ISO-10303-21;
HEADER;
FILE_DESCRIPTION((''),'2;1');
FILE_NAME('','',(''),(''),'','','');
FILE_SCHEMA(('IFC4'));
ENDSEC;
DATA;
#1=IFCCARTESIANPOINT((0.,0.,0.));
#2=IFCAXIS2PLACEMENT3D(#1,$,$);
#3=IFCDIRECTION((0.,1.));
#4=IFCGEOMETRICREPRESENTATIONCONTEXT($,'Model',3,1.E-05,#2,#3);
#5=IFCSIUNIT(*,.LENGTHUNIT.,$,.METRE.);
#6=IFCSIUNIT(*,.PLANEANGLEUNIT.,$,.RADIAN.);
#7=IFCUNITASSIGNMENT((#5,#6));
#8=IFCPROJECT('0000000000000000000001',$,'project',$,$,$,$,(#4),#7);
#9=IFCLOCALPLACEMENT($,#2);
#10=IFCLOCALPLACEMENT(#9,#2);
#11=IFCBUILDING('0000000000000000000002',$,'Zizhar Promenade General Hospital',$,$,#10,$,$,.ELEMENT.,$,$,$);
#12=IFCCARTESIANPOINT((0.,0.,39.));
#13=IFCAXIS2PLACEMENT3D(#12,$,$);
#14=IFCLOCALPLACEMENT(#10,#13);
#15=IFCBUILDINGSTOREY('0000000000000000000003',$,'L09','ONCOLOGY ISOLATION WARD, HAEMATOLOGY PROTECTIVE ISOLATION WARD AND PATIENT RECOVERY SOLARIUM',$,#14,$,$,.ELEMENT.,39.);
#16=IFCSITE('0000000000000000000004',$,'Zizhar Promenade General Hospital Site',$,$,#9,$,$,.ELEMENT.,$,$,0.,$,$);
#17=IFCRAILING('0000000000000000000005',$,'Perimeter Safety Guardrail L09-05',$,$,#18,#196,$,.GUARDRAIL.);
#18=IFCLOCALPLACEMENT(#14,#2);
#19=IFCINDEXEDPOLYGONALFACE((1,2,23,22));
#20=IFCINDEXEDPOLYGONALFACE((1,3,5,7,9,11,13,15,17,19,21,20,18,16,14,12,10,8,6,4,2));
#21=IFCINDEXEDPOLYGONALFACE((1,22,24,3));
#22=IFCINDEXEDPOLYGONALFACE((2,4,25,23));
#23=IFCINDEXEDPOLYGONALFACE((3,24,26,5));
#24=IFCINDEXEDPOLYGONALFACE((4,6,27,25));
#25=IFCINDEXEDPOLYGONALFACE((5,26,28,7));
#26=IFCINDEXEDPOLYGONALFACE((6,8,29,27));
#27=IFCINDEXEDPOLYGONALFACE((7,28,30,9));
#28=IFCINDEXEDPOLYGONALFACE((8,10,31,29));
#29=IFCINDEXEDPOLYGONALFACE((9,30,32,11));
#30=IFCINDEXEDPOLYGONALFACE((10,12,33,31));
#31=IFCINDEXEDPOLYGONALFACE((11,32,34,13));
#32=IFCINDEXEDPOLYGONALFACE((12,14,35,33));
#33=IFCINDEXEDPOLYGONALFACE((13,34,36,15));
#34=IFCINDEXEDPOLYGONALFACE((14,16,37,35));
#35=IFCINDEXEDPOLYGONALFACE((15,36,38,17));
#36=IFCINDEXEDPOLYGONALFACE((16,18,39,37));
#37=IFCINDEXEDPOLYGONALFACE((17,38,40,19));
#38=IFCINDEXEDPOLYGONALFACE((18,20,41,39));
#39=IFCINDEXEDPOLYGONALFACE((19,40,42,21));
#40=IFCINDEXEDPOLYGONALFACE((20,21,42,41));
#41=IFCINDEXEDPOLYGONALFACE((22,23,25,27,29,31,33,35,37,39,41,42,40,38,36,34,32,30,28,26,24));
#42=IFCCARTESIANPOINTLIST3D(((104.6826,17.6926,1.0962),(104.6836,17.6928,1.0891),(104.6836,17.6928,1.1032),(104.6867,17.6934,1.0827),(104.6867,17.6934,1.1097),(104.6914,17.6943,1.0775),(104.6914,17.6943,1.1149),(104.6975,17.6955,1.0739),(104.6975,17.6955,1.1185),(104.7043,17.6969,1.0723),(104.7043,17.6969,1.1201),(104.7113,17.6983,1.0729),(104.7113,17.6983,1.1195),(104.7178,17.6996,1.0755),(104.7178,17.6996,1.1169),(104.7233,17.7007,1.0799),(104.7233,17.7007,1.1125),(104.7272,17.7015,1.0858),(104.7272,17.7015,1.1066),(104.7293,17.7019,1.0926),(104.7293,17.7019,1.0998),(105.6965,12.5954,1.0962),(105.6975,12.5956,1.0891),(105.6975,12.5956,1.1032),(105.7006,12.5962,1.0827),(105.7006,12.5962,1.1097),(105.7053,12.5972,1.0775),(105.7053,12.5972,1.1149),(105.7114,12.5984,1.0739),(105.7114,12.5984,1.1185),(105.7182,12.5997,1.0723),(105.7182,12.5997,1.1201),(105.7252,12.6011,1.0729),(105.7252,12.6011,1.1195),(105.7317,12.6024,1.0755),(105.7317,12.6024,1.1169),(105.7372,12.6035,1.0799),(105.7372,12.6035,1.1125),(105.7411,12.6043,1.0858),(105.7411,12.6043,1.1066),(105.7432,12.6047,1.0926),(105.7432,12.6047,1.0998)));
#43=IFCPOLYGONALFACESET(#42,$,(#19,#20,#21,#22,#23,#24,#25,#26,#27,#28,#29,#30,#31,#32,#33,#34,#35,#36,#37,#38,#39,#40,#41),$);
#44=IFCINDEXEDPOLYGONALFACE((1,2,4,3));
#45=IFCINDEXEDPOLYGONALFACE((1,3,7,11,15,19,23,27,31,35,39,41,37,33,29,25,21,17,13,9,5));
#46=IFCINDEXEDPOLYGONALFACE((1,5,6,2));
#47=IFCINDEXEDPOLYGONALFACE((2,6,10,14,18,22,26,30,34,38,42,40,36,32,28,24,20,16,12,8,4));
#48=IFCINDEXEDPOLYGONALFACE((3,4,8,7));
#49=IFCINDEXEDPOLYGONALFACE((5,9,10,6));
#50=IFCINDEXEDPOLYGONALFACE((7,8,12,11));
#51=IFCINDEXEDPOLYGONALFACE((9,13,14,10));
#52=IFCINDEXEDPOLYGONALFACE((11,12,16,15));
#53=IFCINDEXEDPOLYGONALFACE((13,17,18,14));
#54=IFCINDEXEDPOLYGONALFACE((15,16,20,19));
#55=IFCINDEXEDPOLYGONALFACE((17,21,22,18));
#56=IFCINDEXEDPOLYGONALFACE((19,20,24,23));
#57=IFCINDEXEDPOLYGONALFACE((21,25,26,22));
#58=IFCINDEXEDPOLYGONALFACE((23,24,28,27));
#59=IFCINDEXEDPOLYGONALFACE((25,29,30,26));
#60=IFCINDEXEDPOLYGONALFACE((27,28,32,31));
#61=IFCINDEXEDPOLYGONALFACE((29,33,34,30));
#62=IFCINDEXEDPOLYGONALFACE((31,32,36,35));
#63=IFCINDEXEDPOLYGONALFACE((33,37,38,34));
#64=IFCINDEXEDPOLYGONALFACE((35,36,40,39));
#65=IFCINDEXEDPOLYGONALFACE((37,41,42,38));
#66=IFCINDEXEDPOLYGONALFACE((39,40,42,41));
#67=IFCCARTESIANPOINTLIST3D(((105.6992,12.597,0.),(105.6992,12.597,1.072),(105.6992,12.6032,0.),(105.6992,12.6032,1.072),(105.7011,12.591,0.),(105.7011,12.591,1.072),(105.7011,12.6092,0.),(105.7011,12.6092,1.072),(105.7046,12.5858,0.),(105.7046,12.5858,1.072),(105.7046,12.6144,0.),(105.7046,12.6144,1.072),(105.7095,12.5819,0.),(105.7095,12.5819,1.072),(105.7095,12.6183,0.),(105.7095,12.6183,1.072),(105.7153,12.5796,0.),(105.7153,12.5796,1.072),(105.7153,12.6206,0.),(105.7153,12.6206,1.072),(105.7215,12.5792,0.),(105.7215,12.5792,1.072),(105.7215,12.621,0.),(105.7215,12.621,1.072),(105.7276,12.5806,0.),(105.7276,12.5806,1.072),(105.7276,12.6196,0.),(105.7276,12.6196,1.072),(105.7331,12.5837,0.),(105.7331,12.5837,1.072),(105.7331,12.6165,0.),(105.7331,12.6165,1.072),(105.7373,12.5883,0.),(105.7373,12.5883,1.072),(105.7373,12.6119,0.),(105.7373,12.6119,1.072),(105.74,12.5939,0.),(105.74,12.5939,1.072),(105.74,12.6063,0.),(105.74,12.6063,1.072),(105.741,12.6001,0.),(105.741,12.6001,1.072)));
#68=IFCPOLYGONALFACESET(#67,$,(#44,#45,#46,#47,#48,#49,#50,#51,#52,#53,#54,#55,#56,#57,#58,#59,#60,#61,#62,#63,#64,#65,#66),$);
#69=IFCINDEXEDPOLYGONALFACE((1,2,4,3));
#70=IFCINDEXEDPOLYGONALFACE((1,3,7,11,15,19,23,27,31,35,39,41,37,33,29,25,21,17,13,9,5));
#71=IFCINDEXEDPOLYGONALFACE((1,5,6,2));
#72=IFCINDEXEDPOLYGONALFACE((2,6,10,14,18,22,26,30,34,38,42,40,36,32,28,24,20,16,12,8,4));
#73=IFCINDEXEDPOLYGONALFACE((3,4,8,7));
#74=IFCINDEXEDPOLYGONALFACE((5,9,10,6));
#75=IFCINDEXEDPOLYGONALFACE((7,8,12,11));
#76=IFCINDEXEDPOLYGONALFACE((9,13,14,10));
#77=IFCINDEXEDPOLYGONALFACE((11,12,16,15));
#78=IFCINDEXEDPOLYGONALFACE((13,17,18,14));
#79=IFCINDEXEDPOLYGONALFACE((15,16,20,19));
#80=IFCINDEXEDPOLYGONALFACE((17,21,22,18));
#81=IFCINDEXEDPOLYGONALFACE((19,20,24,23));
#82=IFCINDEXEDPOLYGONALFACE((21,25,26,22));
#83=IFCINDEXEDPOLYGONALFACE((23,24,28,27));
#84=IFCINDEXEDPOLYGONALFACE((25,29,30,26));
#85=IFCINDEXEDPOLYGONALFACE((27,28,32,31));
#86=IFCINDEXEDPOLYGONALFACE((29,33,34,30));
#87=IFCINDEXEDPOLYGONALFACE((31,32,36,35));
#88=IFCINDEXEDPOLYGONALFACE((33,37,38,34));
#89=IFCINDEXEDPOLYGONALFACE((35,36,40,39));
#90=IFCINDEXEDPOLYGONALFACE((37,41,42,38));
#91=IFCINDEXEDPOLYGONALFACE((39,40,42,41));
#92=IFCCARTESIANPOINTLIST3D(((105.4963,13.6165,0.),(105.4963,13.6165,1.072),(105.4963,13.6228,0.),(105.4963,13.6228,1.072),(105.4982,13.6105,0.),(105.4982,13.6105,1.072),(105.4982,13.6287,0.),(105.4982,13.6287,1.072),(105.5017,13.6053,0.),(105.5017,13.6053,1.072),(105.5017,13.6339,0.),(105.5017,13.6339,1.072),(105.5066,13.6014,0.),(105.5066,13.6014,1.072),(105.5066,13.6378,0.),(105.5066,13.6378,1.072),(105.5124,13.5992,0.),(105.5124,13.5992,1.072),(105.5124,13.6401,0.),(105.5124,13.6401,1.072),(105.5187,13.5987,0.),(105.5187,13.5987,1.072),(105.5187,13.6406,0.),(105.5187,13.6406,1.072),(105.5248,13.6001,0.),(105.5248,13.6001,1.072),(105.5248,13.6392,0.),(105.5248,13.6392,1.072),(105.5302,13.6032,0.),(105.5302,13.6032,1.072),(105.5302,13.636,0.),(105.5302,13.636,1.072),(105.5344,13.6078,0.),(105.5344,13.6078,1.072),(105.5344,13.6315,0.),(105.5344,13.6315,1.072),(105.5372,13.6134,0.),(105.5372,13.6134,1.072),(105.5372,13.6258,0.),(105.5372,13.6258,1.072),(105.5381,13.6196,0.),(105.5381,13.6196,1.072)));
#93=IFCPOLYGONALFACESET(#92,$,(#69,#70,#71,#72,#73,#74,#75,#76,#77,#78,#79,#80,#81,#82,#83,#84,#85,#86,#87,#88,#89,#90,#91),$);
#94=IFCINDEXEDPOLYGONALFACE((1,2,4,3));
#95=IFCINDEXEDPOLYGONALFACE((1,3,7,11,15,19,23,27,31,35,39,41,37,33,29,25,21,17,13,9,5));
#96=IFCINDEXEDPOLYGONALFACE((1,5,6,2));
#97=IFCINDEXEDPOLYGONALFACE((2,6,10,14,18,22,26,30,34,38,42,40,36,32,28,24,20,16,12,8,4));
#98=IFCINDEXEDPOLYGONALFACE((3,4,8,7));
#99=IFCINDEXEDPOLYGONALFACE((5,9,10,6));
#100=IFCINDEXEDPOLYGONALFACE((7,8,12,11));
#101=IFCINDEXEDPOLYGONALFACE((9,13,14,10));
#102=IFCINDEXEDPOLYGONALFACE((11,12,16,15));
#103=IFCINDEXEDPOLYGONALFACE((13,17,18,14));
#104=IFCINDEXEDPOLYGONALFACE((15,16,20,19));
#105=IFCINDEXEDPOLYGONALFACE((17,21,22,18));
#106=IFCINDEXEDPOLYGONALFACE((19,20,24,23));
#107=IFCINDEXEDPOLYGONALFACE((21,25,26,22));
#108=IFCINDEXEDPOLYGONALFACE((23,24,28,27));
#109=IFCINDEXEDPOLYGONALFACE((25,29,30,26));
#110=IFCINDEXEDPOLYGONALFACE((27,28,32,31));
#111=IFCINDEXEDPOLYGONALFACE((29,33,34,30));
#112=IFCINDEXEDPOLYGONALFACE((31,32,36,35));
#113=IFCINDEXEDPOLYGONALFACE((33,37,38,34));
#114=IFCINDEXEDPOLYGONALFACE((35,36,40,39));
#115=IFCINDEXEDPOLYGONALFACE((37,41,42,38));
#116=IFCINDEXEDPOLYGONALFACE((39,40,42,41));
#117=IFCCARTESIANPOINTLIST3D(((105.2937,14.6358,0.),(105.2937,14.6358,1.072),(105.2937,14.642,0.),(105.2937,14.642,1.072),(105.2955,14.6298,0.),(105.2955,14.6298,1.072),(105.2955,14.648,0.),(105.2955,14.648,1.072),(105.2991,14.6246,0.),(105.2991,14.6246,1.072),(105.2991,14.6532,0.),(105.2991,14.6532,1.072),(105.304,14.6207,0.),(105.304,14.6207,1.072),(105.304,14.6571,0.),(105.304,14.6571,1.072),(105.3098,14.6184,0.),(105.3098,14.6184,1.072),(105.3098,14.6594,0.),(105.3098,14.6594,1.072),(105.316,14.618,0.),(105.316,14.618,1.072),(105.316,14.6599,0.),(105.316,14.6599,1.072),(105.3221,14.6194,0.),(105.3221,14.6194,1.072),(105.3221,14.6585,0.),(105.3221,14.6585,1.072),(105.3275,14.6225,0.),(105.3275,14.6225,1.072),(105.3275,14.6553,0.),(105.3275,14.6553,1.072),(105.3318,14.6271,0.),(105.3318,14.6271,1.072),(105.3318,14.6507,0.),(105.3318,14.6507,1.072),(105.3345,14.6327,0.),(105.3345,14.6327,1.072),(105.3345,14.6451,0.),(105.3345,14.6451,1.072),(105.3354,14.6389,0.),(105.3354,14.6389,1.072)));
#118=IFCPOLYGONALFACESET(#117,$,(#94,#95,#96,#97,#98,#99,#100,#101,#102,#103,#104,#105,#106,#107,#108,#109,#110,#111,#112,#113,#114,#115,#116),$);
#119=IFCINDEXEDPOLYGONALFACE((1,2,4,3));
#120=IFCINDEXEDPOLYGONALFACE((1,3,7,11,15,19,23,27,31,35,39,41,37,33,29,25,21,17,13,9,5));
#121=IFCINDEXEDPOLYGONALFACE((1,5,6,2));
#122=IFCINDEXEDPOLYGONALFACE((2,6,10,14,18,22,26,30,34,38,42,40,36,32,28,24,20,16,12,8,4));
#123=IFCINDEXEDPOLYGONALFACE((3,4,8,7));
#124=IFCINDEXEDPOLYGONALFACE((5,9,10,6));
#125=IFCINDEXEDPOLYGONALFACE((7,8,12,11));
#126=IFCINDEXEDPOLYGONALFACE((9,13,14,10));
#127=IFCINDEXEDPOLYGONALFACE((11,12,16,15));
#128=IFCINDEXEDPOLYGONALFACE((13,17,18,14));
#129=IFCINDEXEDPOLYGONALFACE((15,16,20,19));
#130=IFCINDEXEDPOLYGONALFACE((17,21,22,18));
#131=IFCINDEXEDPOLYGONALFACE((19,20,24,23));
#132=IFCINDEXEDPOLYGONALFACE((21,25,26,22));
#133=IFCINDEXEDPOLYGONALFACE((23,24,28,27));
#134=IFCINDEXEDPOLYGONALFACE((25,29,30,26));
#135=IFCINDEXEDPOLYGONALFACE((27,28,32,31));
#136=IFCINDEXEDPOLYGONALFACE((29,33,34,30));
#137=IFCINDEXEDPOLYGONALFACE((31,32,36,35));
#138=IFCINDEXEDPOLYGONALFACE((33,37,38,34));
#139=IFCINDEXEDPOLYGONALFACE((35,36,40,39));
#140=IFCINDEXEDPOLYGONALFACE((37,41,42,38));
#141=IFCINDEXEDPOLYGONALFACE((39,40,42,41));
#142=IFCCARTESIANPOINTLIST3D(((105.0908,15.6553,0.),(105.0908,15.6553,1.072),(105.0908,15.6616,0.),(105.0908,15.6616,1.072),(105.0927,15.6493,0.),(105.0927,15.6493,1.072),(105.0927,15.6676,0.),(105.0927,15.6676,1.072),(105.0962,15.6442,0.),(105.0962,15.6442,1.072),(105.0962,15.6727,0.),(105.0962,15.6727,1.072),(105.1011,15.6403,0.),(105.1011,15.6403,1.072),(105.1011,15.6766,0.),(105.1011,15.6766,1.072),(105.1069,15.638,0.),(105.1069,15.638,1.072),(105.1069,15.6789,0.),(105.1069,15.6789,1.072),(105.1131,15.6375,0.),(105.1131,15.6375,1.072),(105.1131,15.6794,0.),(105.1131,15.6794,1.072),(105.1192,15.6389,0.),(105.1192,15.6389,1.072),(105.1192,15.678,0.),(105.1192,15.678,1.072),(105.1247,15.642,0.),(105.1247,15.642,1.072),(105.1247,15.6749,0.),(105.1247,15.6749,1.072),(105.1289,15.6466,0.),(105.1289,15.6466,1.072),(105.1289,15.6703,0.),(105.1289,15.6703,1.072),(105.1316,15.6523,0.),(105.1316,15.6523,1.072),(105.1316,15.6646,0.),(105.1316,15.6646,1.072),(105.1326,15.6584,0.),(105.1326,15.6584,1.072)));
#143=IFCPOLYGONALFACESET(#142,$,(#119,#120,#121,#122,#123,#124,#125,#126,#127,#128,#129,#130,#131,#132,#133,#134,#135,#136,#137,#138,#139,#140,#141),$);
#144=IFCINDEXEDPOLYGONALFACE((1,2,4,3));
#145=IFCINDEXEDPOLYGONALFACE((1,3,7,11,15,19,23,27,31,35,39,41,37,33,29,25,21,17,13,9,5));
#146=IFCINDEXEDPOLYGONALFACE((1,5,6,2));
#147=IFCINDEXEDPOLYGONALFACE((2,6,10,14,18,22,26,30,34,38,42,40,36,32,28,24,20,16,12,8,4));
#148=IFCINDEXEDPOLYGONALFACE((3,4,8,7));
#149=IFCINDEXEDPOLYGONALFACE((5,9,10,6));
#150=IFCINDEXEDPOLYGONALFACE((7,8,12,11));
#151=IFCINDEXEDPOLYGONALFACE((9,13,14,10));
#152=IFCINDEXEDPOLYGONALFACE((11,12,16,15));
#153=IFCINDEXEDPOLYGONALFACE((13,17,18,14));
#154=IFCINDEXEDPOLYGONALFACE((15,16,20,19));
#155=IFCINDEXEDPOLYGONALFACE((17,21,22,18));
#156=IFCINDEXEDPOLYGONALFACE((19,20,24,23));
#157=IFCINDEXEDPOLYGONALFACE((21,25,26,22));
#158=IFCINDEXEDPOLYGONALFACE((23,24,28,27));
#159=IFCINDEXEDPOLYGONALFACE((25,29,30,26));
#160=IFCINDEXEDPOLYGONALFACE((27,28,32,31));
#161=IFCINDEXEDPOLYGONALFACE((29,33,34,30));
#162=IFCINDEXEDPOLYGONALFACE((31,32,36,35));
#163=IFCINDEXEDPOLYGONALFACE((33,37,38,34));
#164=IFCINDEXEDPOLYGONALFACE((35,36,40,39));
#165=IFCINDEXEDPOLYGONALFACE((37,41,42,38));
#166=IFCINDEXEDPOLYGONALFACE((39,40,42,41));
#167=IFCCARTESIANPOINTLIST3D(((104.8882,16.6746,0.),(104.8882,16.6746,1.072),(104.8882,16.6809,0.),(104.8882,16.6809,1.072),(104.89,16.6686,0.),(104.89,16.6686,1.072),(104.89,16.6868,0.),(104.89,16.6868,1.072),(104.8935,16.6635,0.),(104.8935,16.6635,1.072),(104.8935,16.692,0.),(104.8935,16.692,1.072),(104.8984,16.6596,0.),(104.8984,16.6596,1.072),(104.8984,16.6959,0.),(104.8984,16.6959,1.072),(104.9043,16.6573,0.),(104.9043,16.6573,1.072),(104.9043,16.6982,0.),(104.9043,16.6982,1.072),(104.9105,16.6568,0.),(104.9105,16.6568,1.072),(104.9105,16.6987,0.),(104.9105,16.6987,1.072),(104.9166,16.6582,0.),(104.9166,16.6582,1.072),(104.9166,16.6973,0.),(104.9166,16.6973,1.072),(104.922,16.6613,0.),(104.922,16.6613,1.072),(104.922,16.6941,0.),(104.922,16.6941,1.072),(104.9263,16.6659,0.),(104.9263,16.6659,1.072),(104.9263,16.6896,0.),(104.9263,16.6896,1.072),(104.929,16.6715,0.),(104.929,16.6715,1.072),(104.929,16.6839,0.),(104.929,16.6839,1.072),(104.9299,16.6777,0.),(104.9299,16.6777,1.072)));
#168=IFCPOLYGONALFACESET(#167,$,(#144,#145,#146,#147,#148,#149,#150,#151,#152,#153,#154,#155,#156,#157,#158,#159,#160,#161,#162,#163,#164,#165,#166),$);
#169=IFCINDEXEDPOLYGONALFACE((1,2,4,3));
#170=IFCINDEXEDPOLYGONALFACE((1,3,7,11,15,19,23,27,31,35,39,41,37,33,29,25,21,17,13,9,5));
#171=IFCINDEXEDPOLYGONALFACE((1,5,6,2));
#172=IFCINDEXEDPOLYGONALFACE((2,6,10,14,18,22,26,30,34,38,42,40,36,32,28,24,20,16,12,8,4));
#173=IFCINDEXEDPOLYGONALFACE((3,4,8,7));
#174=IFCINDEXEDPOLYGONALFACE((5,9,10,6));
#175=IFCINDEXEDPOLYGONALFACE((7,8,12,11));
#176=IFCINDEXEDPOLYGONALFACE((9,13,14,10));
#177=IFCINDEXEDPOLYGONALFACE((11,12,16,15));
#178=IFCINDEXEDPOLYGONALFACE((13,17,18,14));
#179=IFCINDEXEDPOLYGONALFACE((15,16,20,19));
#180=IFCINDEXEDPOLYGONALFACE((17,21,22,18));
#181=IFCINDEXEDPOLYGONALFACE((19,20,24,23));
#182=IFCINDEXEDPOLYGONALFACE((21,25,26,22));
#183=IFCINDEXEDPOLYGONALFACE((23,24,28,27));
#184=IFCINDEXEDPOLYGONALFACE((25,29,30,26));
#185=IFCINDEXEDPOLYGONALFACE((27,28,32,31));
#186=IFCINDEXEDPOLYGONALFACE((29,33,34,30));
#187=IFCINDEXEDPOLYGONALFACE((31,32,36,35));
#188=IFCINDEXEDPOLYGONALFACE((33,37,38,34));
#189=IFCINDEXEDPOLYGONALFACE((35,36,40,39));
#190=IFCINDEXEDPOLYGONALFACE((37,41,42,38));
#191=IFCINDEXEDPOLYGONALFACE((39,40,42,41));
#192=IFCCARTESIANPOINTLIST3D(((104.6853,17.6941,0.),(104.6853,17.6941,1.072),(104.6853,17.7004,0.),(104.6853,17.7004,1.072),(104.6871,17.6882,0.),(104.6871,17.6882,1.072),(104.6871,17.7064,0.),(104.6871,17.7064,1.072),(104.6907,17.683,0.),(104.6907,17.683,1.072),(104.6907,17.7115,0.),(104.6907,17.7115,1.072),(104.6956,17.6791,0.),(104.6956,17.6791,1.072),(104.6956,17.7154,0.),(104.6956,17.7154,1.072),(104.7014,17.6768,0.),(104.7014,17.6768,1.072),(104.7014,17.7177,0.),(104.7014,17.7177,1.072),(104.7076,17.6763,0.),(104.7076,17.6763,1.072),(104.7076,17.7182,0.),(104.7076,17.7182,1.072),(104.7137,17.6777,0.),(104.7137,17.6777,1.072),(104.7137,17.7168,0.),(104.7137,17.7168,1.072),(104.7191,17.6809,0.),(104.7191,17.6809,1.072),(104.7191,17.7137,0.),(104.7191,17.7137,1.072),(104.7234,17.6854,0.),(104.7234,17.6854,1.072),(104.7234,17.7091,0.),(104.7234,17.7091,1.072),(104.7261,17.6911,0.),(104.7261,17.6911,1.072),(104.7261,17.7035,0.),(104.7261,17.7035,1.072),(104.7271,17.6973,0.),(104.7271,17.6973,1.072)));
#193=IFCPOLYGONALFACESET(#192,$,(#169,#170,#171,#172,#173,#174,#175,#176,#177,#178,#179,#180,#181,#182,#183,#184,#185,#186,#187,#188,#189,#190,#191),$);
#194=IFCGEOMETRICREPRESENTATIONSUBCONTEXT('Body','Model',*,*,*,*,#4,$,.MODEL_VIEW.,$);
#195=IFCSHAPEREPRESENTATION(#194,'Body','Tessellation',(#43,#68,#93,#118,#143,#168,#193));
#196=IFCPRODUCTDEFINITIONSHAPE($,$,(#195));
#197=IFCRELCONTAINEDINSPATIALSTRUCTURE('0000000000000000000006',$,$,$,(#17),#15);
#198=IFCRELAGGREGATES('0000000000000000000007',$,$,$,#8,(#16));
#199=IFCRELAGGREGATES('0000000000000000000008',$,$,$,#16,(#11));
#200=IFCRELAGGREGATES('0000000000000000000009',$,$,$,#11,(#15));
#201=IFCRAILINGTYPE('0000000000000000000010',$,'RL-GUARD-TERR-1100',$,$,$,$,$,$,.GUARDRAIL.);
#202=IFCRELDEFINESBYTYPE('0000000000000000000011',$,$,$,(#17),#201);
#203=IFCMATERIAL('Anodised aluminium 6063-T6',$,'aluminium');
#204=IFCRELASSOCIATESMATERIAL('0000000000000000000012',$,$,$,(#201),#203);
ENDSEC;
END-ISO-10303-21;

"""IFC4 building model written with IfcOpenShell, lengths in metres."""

from ifc_helpers import new_model, si_unit, direction, frame, origin, origin_2d, place, context, subcontext, project, spatial, circle, hollow_circle, extrude, material, material_profile, profile_set, type_object, element, save


model = new_model("IFC4")

# Units and contexts
model_context = context("Model", 3, precision=1e-05, world=origin(), true_north=direction((0.0, 1.0)))
body_context = subcontext(model_context, "Body", "Model", "MODEL_VIEW")
ifc_project = project(units=[si_unit("LENGTHUNIT", "METRE"), si_unit("PLANEANGLEUNIT", "RADIAN")], contexts=[model_context])

# Site, building, storey
site_placement = place(None, origin())
site = spatial("IfcSite", under=ifc_project, at=site_placement, Name="Zizhar Promenade General Hospital Site", CompositionType="ELEMENT", RefElevation=0.0)
building_placement = place(site_placement, origin())
building = spatial("IfcBuilding", under=site, at=building_placement, Name="Zizhar Promenade General Hospital", CompositionType="ELEMENT")
storey_placement = place(building_placement, frame((0.0, 0.0, 39.0)))
storey = spatial("IfcBuildingStorey", under=building, at=storey_placement, Name="L09", Description="ONCOLOGY ISOLATION WARD, HAEMATOLOGY PROTECTIVE ISOLATION WARD AND PATIENT RECOVERY SOLARIUM", CompositionType="ELEMENT", Elevation=39.0)

# Railing
ifc_material_1 = material(Name="Anodised aluminium 6063-T6", Category="aluminium")
ifc_material_profile_1 = material_profile(ifc_material_1, hollow_circle(Radius=0.0698, WallThickness=0.0063, at=origin_2d()))
ifc_profile_set_1 = profile_set([ifc_material_profile_1], Name="Anodised aluminium 6063-T6")
railing_type = type_object("IfcRailingType", Name="RL-GUARD-TERR-1100", PredefinedType="GUARDRAIL", material=ifc_profile_set_1)
railing_placement = place(storey_placement, frame((105.72, 12.6001, 0.0)))
element("IfcRailing", 1, at=railing_placement, inside=storey, type_object=railing_type, Name="Perimeter Safety Guardrail L09-05", PredefinedType="GUARDRAIL", context=body_context, shape_type="SweptSolid", body=[
    extrude(circle(Radius=0.0239, at=origin_2d()), frame((0.0, 0.0, 1.0962), z_axis=(-0.195095, 0.980784, 0.0), x_axis=(-0.980784, -0.195095, 0.0)), (0.0, 0.0, 1.0), 5.197),
    extrude(circle(Radius=0.021, at=origin_2d()), origin(), (0.0, 0.0, 1.0), 1.072),
    extrude(circle(Radius=0.021, at=origin_2d()), frame((-0.2029, 1.0195, 0.0)), (0.0, 0.0, 1.0), 1.072),
    extrude(circle(Radius=0.021, at=origin_2d()), frame((-0.4055, 2.0388, 0.0)), (0.0, 0.0, 1.0), 1.072),
    extrude(circle(Radius=0.021, at=origin_2d()), frame((-0.6084, 3.0583, 0.0)), (0.0, 0.0, 1.0), 1.072),
    extrude(circle(Radius=0.021, at=origin_2d()), frame((-0.811, 4.0776, 0.0)), (0.0, 0.0, 1.0), 1.072),
    extrude(circle(Radius=0.021, at=origin_2d()), frame((-1.0139, 5.0972, 0.0)), (0.0, 0.0, 1.0), 1.072),
])

save(model, "model.ifc")
